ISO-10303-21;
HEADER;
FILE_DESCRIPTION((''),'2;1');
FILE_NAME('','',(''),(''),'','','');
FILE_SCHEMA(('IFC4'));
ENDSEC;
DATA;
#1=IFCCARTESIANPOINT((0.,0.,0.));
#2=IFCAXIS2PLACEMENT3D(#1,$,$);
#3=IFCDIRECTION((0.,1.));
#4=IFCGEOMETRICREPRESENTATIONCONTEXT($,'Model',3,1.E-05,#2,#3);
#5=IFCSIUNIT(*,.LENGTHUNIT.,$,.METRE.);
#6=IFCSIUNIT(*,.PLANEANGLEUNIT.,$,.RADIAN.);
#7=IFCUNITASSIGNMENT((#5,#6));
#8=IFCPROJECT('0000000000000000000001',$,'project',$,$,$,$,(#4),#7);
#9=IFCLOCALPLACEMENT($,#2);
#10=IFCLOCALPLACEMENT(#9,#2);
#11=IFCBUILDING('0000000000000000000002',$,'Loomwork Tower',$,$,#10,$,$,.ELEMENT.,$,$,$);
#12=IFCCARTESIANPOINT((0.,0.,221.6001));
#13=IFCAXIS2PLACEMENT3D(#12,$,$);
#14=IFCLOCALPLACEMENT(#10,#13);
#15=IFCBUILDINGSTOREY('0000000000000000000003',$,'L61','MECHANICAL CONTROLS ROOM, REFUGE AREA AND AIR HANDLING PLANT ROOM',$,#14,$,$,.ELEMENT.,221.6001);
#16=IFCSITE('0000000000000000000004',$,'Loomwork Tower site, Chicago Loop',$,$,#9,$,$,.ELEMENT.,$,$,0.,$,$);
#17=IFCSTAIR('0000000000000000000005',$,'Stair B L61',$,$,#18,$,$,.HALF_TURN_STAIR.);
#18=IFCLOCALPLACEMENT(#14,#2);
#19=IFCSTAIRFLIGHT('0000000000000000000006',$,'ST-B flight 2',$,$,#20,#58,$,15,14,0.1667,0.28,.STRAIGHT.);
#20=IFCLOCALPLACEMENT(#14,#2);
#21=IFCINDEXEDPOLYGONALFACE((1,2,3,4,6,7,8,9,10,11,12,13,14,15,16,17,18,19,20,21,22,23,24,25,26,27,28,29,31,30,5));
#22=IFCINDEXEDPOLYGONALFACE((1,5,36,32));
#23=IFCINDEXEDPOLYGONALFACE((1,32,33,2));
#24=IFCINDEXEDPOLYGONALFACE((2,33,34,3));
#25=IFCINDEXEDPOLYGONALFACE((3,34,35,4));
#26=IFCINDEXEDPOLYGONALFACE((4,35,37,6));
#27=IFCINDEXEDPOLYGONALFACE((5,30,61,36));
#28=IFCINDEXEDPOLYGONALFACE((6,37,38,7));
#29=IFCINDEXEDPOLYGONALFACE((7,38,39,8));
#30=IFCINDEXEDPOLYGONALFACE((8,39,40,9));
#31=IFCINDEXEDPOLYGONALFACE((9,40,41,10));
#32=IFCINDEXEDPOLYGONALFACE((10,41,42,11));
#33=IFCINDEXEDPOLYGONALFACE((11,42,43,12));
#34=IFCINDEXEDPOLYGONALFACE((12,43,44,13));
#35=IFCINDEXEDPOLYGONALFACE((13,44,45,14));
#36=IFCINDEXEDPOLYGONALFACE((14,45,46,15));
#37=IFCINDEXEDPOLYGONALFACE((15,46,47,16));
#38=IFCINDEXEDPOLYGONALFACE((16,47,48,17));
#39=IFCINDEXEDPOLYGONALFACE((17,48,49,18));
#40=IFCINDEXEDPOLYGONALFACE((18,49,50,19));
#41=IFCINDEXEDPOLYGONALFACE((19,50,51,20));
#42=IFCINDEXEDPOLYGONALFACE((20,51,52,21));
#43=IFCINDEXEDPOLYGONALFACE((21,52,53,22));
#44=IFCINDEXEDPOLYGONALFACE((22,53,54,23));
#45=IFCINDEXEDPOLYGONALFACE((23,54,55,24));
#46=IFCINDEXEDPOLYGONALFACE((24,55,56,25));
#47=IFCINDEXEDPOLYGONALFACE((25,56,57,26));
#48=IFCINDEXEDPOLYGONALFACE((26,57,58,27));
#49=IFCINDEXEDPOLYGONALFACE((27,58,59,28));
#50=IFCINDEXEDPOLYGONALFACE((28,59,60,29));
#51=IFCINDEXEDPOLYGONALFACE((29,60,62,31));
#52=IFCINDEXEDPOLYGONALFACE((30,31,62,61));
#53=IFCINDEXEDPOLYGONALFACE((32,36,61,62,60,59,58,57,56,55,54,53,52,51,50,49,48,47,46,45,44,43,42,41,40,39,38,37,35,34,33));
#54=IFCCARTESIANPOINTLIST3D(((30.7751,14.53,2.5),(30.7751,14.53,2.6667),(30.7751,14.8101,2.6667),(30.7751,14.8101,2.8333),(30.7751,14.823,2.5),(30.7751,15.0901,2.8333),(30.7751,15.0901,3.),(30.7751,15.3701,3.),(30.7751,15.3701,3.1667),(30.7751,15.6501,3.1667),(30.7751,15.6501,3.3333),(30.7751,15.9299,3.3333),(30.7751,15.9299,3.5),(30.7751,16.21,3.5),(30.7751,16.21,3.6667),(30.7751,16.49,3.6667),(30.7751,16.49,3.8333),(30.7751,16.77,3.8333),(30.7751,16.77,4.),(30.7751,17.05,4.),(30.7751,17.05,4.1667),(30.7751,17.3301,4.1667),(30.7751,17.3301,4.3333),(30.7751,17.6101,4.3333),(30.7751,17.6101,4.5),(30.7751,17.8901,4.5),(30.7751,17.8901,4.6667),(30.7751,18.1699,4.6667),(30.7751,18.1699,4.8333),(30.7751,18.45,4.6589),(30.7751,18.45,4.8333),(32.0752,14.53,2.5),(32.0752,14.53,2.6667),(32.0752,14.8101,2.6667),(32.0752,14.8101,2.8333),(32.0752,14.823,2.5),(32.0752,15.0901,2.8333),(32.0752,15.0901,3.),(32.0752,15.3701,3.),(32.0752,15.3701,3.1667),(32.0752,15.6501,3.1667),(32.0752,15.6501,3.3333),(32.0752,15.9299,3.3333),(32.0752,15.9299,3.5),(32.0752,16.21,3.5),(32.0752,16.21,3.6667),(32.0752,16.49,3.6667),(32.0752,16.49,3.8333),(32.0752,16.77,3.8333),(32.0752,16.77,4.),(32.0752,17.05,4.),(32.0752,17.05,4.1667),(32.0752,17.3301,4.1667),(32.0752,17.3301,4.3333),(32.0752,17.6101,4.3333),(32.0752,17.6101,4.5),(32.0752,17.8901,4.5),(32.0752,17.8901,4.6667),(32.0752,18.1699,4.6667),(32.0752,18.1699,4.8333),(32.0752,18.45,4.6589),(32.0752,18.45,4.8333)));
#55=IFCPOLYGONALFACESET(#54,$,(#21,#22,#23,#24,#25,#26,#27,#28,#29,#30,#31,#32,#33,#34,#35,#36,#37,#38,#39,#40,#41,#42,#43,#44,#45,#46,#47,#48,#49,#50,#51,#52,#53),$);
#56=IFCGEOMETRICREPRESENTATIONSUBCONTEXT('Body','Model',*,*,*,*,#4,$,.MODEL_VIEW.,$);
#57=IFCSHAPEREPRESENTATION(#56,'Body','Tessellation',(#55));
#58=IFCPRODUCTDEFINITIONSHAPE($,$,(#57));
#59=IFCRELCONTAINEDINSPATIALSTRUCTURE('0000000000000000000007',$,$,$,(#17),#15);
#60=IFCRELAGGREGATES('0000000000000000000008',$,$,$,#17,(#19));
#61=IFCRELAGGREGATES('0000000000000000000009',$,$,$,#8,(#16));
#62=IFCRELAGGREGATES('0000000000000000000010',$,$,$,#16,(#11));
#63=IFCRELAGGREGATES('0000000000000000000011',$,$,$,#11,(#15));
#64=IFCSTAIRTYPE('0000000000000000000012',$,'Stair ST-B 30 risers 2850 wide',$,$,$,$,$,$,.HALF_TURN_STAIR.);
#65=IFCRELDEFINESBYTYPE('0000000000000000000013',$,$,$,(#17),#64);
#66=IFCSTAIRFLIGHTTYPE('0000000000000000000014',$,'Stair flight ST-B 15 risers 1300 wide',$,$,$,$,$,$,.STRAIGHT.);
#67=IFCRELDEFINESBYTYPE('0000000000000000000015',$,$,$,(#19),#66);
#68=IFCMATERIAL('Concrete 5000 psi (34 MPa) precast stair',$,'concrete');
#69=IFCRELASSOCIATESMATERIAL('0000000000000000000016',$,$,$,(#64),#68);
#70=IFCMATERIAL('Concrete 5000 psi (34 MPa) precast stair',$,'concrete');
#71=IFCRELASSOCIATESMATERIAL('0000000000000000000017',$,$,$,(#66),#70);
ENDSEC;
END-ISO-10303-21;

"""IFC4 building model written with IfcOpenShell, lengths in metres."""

from ifc_helpers import new_model, si_unit, direction, frame, origin, place, context, subcontext, project, spatial, polyline, outline, extrude, material, type_object, element, aggregate, save


model = new_model("IFC4")

# Units and contexts
model_context = context("Model", 3, precision=1e-05, world=origin(), true_north=direction((0.0, 1.0)))
body_context = subcontext(model_context, "Body", "Model", "MODEL_VIEW")
ifc_project = project(units=[si_unit("LENGTHUNIT", "METRE"), si_unit("PLANEANGLEUNIT", "RADIAN")], contexts=[model_context])

# Site, building, storey
site_placement = place(None, origin())
site = spatial("IfcSite", under=ifc_project, at=site_placement, Name="Loomwork Tower site, Chicago Loop", CompositionType="ELEMENT", RefElevation=0.0)
building_placement = place(site_placement, origin())
building = spatial("IfcBuilding", under=site, at=building_placement, Name="Loomwork Tower", CompositionType="ELEMENT")
storey_placement = place(building_placement, frame((0.0, 0.0, 221.6001)))
storey = spatial("IfcBuildingStorey", under=building, at=storey_placement, Name="L61", Description="MECHANICAL CONTROLS ROOM, REFUGE AREA AND AIR HANDLING PLANT ROOM", CompositionType="ELEMENT", Elevation=221.6001)

# Stair, stair flight
ifc_material_1 = material(Name="Concrete 5000 psi (34 MPa) precast stair", Category="concrete")
stair_type = type_object("IfcStairType", Name="Stair ST-B 30 risers 2850 wide", PredefinedType="HALF_TURN_STAIR", material=ifc_material_1)
stair_placement = place(storey_placement, origin())
stair = element("IfcStair", 1, at=stair_placement, inside=storey, type_object=stair_type, Name="Stair B L61", PredefinedType="HALF_TURN_STAIR")
ifc_material_2 = material(Name="Concrete 5000 psi (34 MPa) precast stair", Category="concrete")
stair_flight_type = type_object("IfcStairFlightType", Name="Stair flight ST-B 15 risers 1300 wide", PredefinedType="STRAIGHT", material=ifc_material_2)
stair_flight_1_placement = place(storey_placement, frame((31.425, 14.53, 2.5), z_axis=(0.0, 0.0, 1.0), x_axis=(0.0, 1.0, 0.0)))
stair_flight_1 = element("IfcStairFlight", 2, at=stair_flight_1_placement, type_object=stair_flight_type, Name="ST-B flight 2", NumberOfRisers=15, NumberOfTreads=14, PredefinedType="STRAIGHT", RiserHeight=0.1667, TreadLength=0.28, context=body_context, shape_type="SweptSolid", body=[
    extrude(outline(polyline([(0.0, 0.0), (0.0, 0.1667), (0.28, 0.1667), (0.28, 0.3333), (0.5601, 0.3333), (0.5601, 0.5), (0.8401, 0.5), (0.8401, 0.6667), (1.1201, 0.6667), (1.1201, 0.8333), (1.3999, 0.8333), (1.3999, 1.0), (1.6799, 1.0), (1.6799, 1.1667), (1.96, 1.1667), (1.96, 1.3333), (2.24, 1.3333), (2.24, 1.5), (2.52, 1.5), (2.52, 1.6667), (2.8, 1.6667), (2.8, 1.8333), (3.0801, 1.8333), (3.0801, 2.0), (3.3601, 2.0), (3.3601, 2.1667), (3.6399, 2.1667), (3.6399, 2.3333), (3.9199, 2.3333), (3.9199, 2.5), (3.9199, 2.1589), (0.293, 0.0), (0.0, 0.0)])), frame((0.0, 0.6499, 0.0), z_axis=(0.0, -1.0, 0.0), x_axis=(1.0, 0.0, 0.0)), (0.0, 0.0, 1.0), 1.3),
])
aggregate(stair, [stair_flight_1])

save(model, "model.ifc")
